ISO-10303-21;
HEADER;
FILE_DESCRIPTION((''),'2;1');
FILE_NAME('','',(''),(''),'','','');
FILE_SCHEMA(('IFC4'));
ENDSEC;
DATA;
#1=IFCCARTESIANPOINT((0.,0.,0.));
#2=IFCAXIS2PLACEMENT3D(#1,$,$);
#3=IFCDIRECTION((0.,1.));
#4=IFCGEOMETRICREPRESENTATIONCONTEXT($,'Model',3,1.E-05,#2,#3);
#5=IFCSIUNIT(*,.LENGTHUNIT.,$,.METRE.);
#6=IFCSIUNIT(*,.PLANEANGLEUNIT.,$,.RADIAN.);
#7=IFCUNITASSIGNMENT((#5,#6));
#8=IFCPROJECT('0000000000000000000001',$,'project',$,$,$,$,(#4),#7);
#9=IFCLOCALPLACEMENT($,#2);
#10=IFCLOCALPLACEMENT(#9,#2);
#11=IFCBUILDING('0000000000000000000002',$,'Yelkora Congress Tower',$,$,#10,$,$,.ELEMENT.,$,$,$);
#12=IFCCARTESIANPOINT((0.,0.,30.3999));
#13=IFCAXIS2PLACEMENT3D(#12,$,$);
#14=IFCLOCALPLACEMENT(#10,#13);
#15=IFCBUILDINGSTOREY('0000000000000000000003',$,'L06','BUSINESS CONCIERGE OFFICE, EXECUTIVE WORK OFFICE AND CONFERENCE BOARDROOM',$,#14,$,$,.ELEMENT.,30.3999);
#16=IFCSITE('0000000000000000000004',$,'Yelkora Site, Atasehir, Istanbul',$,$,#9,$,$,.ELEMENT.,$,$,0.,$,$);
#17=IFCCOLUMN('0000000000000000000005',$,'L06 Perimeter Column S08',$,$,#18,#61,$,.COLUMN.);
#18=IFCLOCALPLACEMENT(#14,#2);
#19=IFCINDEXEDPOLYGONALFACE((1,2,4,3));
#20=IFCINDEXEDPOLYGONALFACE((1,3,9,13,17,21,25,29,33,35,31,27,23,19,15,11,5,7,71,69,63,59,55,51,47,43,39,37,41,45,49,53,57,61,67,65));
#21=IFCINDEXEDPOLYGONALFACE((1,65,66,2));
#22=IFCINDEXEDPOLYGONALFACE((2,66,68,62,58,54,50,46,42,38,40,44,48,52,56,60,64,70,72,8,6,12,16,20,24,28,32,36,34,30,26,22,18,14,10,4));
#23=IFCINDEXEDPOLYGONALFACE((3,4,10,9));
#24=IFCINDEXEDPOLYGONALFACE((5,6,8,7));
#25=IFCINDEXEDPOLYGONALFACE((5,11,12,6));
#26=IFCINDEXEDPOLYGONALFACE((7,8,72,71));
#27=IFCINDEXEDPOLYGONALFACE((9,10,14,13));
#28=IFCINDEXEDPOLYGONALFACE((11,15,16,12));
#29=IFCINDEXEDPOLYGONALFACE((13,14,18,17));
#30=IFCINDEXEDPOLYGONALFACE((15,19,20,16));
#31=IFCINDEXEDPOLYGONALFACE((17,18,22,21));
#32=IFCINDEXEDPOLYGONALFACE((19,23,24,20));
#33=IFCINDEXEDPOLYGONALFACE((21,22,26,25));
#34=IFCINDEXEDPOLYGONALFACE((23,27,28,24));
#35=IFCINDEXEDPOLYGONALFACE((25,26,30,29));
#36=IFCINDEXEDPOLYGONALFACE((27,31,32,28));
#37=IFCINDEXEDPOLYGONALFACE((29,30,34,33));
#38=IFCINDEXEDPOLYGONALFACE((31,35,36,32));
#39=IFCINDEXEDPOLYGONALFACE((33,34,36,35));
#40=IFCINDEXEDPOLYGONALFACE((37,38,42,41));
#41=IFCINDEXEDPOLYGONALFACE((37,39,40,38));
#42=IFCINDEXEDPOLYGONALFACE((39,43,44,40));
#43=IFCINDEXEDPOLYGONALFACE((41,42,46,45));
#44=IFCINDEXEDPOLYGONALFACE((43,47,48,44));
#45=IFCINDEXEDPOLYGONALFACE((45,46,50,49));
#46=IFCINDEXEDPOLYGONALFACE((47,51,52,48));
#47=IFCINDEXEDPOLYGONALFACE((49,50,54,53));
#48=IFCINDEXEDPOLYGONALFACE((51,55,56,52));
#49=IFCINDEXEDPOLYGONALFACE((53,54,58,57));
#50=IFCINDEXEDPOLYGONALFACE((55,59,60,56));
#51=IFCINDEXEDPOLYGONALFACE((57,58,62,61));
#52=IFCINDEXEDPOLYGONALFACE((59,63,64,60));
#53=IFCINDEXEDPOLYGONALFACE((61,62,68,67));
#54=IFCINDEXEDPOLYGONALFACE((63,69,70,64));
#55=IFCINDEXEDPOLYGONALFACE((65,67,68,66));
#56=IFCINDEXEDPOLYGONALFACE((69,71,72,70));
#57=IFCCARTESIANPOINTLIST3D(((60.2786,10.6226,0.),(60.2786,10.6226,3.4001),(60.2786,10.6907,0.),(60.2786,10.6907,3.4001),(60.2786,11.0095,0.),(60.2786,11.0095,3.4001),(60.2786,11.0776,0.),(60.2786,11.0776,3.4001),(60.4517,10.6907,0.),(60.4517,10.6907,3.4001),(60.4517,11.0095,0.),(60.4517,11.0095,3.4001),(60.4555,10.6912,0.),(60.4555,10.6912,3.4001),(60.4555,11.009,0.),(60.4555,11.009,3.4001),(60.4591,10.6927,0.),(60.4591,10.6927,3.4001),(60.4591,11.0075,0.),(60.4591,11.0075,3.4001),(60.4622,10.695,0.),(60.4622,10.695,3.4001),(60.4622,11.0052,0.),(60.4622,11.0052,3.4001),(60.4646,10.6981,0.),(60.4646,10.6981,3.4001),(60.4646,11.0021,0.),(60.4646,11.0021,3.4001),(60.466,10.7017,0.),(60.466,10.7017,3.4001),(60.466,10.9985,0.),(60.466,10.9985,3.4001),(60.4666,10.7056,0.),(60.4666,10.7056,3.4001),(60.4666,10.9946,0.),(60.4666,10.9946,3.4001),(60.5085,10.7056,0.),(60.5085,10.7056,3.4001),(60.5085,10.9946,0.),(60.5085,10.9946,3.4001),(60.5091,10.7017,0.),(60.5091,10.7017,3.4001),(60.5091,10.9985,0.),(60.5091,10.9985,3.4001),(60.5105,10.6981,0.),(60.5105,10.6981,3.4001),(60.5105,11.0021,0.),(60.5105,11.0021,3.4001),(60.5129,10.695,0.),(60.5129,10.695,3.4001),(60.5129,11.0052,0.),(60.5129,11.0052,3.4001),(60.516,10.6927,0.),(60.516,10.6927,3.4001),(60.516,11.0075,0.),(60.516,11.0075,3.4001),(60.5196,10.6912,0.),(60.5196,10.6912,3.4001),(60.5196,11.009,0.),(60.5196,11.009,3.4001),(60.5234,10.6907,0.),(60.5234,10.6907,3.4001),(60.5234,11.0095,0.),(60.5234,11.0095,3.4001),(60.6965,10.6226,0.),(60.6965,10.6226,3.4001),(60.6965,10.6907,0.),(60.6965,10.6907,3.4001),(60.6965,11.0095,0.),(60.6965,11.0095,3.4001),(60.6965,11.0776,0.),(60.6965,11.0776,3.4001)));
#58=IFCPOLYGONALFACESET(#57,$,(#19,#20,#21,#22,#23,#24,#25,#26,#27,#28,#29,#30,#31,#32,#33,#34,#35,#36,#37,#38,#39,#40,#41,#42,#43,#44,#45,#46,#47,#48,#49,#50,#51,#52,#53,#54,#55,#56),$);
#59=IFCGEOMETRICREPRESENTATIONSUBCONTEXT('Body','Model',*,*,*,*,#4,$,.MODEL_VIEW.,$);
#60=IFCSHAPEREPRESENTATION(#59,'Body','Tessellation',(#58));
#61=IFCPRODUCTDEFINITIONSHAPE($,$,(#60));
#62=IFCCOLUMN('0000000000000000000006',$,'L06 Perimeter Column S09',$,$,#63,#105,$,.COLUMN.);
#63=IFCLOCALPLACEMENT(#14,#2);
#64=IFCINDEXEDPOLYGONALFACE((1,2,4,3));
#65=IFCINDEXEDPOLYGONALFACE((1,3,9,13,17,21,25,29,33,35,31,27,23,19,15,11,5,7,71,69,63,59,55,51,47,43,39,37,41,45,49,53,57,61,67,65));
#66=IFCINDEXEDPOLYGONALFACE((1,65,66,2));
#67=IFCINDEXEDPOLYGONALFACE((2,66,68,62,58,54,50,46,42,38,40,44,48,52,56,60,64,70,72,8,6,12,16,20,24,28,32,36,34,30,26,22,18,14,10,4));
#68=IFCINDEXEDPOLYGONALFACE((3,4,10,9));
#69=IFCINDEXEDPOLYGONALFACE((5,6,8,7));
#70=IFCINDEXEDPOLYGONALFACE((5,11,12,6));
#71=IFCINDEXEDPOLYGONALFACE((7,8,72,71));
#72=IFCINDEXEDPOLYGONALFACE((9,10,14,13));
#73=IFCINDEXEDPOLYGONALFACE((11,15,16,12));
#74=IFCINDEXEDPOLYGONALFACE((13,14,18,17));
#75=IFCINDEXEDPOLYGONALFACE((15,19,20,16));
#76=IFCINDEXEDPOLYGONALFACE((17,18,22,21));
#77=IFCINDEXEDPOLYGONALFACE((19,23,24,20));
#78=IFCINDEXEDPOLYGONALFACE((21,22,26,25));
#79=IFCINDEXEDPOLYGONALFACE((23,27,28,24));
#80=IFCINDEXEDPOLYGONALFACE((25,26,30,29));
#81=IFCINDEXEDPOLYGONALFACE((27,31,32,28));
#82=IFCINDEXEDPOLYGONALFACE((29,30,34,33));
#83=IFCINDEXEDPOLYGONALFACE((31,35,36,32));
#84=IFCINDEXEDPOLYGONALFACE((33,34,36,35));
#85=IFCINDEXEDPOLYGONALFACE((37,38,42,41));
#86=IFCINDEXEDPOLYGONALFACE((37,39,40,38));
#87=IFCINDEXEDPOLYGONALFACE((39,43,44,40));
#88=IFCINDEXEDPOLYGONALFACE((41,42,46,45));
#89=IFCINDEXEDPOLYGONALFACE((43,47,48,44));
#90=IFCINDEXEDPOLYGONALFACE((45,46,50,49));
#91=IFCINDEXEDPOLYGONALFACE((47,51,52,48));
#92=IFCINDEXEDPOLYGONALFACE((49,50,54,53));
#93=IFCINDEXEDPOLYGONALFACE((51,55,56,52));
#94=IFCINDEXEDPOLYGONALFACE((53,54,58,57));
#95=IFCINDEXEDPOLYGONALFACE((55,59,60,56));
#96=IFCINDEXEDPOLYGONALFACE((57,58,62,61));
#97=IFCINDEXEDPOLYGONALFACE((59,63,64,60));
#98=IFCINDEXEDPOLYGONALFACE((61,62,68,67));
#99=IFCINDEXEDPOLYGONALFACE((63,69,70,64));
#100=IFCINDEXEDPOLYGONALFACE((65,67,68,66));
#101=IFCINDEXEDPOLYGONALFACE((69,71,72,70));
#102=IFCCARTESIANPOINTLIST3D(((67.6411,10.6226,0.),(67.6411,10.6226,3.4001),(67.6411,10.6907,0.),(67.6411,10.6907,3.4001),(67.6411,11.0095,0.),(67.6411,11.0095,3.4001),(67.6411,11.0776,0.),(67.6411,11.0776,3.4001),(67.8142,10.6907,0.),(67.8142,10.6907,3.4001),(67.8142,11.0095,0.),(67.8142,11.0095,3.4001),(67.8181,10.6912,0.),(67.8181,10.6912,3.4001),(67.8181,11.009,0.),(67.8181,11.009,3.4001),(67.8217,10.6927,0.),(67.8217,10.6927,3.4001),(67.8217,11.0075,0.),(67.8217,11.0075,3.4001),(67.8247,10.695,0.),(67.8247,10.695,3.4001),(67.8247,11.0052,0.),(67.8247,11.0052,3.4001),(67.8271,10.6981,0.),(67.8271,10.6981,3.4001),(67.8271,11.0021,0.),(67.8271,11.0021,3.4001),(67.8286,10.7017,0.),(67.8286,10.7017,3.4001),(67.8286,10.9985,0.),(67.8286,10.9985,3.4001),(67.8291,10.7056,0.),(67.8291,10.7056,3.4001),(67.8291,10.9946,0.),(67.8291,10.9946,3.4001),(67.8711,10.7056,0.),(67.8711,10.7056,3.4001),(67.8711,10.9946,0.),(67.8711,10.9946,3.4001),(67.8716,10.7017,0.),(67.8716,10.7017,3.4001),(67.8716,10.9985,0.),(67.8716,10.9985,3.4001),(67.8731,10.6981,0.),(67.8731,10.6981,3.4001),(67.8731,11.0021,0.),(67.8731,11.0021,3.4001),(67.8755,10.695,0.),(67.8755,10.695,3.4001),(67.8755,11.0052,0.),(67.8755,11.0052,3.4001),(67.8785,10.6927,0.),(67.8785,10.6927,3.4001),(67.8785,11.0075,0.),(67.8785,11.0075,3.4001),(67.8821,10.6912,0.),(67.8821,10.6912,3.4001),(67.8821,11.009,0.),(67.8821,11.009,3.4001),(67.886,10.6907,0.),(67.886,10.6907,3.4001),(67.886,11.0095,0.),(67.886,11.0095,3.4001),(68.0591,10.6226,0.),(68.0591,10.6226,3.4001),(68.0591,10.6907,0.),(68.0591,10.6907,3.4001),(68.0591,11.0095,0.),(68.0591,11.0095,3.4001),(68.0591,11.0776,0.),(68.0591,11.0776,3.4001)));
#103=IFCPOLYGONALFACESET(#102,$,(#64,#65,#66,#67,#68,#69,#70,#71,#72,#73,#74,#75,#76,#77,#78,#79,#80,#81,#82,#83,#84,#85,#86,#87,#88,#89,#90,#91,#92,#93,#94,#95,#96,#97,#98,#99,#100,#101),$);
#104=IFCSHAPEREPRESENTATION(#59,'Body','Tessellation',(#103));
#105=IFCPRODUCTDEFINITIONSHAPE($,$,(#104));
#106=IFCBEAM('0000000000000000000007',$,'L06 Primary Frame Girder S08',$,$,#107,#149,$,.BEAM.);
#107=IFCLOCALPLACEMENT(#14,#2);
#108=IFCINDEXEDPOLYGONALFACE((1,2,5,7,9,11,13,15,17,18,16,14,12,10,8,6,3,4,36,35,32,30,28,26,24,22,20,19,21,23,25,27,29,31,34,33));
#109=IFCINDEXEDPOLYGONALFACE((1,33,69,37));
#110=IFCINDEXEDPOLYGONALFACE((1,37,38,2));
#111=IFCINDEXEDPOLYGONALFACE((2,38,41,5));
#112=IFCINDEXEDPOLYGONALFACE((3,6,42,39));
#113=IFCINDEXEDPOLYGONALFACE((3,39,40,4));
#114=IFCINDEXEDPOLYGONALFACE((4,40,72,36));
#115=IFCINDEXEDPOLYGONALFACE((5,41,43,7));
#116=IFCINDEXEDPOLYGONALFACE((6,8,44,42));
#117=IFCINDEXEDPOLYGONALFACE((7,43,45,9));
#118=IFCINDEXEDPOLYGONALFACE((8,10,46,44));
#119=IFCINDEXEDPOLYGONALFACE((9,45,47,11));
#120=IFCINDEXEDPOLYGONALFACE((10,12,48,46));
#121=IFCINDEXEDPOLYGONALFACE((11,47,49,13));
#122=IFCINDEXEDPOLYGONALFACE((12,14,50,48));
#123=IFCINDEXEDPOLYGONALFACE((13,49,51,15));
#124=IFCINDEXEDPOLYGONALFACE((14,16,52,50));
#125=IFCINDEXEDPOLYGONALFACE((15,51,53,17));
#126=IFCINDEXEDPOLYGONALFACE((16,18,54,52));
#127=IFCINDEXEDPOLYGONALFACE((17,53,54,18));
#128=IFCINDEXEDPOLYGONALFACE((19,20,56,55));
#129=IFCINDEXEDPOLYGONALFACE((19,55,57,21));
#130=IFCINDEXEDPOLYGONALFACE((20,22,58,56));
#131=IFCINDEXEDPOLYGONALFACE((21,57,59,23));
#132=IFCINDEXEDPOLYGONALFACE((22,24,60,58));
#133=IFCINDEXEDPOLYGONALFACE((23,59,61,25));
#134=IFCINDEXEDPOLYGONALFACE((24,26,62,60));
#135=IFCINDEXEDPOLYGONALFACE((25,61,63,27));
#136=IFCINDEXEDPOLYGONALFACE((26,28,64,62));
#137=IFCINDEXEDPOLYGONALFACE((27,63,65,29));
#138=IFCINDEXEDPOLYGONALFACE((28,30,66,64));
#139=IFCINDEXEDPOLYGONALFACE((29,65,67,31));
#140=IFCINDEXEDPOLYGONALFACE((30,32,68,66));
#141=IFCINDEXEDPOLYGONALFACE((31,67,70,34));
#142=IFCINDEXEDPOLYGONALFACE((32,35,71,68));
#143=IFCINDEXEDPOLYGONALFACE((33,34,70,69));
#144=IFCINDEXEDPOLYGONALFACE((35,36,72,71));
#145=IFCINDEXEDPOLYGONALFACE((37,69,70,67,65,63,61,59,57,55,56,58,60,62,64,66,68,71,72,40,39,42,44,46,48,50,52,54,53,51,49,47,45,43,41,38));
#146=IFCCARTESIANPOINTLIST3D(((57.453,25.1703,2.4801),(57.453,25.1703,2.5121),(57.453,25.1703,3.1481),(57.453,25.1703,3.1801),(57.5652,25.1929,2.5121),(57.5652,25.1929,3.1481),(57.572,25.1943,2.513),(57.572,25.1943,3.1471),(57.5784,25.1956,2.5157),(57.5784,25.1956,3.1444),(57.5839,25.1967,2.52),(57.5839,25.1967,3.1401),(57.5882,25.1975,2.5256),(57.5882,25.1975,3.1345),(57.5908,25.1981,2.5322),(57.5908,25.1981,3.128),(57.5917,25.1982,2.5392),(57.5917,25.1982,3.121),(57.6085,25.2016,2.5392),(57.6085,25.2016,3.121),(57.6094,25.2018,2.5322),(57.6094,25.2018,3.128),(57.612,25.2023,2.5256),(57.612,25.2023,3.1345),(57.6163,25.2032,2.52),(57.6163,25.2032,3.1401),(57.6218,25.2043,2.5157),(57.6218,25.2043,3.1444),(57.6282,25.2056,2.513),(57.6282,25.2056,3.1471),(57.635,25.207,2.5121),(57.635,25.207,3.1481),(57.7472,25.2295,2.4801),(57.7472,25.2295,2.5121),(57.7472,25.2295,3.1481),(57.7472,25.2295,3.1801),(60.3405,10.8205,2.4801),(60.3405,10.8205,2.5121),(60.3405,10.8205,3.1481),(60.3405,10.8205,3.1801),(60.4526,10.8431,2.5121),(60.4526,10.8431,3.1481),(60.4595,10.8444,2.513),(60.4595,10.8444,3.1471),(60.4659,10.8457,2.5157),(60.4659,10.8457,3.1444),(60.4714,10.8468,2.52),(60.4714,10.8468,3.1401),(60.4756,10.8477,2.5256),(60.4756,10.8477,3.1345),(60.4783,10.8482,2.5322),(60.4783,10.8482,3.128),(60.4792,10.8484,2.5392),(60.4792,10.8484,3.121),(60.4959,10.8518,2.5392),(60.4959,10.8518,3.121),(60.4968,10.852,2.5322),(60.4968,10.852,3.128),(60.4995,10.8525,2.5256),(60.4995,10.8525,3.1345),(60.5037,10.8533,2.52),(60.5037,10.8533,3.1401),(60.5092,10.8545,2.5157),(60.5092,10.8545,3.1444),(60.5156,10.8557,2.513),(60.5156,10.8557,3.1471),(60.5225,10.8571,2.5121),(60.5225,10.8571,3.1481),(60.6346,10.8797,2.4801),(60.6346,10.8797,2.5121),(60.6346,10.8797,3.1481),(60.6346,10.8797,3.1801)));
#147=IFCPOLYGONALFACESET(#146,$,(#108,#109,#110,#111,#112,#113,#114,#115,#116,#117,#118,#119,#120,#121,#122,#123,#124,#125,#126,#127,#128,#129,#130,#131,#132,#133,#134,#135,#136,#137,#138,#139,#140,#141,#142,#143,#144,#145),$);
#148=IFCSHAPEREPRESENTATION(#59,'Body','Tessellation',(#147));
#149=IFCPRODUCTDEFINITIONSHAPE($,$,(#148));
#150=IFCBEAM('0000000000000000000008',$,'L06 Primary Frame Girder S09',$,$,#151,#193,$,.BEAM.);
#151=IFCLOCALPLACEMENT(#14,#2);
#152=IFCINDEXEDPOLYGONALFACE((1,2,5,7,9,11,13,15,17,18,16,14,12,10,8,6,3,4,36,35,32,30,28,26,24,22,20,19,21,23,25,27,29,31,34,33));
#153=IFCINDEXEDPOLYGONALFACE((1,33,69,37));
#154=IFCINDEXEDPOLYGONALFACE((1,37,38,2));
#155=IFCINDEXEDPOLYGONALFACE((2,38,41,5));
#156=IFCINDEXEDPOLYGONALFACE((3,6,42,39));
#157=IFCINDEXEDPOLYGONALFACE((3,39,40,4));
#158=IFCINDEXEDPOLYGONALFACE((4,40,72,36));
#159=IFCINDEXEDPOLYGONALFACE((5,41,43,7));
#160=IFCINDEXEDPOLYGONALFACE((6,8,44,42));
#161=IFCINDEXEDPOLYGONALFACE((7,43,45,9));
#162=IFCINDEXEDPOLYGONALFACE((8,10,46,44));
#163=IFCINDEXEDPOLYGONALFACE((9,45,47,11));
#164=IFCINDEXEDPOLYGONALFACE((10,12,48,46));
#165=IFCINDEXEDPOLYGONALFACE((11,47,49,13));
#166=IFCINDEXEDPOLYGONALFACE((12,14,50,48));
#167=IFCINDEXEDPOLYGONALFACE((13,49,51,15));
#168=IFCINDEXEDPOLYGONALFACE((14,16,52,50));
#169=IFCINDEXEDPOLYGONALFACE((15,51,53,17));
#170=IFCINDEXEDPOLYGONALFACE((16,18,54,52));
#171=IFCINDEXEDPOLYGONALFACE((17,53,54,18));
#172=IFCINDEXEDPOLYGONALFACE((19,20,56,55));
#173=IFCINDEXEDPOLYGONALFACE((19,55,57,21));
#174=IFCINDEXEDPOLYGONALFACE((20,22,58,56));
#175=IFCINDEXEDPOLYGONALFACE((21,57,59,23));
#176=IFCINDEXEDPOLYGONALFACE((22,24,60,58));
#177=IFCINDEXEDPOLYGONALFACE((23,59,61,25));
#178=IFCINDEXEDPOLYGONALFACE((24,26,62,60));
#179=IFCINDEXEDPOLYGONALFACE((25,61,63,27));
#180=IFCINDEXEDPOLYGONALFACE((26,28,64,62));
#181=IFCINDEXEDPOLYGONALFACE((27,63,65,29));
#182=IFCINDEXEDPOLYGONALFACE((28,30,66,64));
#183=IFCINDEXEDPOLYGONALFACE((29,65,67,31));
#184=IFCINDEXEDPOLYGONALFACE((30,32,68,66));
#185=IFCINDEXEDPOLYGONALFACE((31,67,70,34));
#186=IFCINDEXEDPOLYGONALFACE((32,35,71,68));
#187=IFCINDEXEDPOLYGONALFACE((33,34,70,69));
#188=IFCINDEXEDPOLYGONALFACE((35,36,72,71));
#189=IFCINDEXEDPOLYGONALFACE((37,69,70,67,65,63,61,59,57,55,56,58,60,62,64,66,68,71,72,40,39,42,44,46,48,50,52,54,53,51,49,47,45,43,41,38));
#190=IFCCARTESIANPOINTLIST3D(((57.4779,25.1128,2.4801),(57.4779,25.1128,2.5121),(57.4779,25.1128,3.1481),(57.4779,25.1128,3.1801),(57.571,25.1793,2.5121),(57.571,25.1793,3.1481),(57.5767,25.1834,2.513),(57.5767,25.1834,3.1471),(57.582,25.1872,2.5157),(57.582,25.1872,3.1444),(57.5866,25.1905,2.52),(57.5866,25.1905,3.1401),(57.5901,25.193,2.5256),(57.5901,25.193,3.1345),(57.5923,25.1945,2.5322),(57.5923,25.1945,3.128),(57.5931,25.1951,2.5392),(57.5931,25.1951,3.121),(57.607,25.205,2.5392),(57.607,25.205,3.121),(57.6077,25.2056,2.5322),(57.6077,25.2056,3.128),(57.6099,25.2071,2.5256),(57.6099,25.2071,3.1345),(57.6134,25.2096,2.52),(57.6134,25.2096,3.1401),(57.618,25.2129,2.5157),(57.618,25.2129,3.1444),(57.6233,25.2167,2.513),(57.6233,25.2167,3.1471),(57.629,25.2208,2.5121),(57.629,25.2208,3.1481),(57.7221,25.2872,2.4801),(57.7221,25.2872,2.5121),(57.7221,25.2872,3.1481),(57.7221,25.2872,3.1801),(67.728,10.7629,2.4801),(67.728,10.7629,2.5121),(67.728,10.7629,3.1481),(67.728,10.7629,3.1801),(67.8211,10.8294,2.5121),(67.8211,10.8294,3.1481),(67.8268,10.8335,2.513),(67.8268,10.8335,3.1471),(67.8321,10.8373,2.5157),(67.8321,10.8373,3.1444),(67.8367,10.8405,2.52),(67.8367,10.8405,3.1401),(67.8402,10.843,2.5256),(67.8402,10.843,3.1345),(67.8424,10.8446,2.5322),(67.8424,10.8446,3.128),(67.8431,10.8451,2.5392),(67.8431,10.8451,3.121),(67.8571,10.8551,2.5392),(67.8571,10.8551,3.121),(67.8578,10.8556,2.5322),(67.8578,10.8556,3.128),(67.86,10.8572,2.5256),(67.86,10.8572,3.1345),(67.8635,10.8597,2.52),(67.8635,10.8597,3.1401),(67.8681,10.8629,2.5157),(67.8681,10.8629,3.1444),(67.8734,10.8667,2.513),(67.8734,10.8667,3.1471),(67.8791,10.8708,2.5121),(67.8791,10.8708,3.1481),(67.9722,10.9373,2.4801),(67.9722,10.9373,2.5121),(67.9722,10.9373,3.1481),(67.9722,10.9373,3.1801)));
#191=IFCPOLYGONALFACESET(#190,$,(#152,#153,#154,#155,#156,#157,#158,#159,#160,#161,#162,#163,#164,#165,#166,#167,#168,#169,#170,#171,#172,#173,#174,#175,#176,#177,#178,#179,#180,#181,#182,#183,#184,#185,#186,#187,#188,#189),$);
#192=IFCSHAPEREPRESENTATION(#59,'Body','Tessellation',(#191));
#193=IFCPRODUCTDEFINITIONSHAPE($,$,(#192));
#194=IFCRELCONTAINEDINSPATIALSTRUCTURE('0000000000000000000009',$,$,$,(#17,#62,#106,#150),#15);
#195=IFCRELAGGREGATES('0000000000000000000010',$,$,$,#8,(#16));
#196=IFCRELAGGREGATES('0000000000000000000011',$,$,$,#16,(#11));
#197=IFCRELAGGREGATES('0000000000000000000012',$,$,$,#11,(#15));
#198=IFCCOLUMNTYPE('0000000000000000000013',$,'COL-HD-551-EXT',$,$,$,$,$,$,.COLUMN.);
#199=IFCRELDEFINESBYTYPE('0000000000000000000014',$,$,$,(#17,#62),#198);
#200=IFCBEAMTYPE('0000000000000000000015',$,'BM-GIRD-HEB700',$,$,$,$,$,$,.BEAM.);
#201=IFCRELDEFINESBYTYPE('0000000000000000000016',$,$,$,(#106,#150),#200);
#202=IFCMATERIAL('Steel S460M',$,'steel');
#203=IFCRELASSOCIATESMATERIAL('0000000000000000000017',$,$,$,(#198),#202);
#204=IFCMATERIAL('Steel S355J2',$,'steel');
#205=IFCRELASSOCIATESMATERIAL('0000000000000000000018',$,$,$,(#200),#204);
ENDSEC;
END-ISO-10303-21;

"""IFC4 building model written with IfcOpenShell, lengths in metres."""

from ifc_helpers import new_model, si_unit, direction, frame, origin, origin_2d, place, context, subcontext, project, spatial, i_section, extrude, material, material_profile, profile_set, type_object, element, save


model = new_model("IFC4")

# Units and contexts
model_context = context("Model", 3, precision=1e-05, world=origin(), true_north=direction((0.0, 1.0)))
body_context = subcontext(model_context, "Body", "Model", "MODEL_VIEW")
ifc_project = project(units=[si_unit("LENGTHUNIT", "METRE"), si_unit("PLANEANGLEUNIT", "RADIAN")], contexts=[model_context])

# Site, building, storey
site_placement = place(None, origin())
site = spatial("IfcSite", under=ifc_project, at=site_placement, Name="Yelkora Site, Atasehir, Istanbul", CompositionType="ELEMENT", RefElevation=0.0)
building_placement = place(site_placement, origin())
building = spatial("IfcBuilding", under=site, at=building_placement, Name="Yelkora Congress Tower", CompositionType="ELEMENT")
storey_placement = place(building_placement, frame((0.0, 0.0, 30.3999)))
storey = spatial("IfcBuildingStorey", under=building, at=storey_placement, Name="L06", Description="BUSINESS CONCIERGE OFFICE, EXECUTIVE WORK OFFICE AND CONFERENCE BOARDROOM", CompositionType="ELEMENT", Elevation=30.3999)

# Columns
ifc_material_1 = material(Name="Steel S460M", Category="steel")
ifc_material_profile_1 = material_profile(ifc_material_1, i_section(OverallWidth=0.418, OverallDepth=0.4551, WebThickness=0.042, FlangeThickness=0.0681, FilletRadius=0.0149, at=origin_2d()), Name="HD 400x551")
ifc_profile_set_1 = profile_set([ifc_material_profile_1], Name="Steel S460M")
column_type = type_object("IfcColumnType", Name="COL-HD-551-EXT", PredefinedType="COLUMN", material=ifc_profile_set_1)
for number, where, z_axis, x_axis, name in (
    (1, (60.4875, 10.8501, 0.0), (0.0, 0.0, 1.0), (1.0, 0.0, 0.0), "L06 Perimeter Column S08"),
    (2, (67.8501, 10.8501, 0.0), (0.0, 0.0, 1.0), (1.0, 0.0, 0.0), "L06 Perimeter Column S09"),
):
    element("IfcColumn", number, at=place(storey_placement, frame(where, z_axis=z_axis, x_axis=x_axis)), inside=storey, type_object=column_type, Name=name, PredefinedType="COLUMN", context=body_context, shape_type="SweptSolid", body=[
        extrude(i_section(OverallWidth=0.418, OverallDepth=0.4551, WebThickness=0.042, FlangeThickness=0.0681, FilletRadius=0.0149, at=origin_2d()), origin(), (0.0, 0.0, 1.0), 3.4001),
    ])

# Beams
ifc_material_2 = material(Name="Steel S355J2", Category="steel")
ifc_material_profile_2 = material_profile(ifc_material_2, i_section(OverallWidth=0.3, OverallDepth=0.7, WebThickness=0.0171, FlangeThickness=0.032, FilletRadius=0.0271, at=origin_2d()), Name="HEB 700")
ifc_profile_set_2 = profile_set([ifc_material_profile_2], Name="Steel S355J2")
beam_type_1 = type_object("IfcBeamType", Name="BM-GIRD-HEB700", PredefinedType="BEAM", material=ifc_profile_set_2)
beam_1_placement = place(storey_placement, frame((60.4875, 10.8501, 2.8301), z_axis=(-0.197264, 0.98035, 0.0), x_axis=(-0.98035, -0.197264, 0.0)))
element("IfcBeam", 3, at=beam_1_placement, inside=storey, type_object=beam_type_1, Name="L06 Primary Frame Girder S08", PredefinedType="BEAM", context=body_context, shape_type="SweptSolid", body=[
    extrude(i_section(OverallWidth=0.3, OverallDepth=0.7, WebThickness=0.0171, FlangeThickness=0.032, FilletRadius=0.0271, at=origin_2d()), origin(), (0.0, 0.0, 1.0), 14.6375),
])
beam_2_placement = place(storey_placement, frame((67.8501, 10.8501, 2.8301), z_axis=(-0.581242, 0.813731, 0.0), x_axis=(-0.813731, -0.581242, 0.0)))
element("IfcBeam", 4, at=beam_2_placement, inside=storey, type_object=beam_type_1, Name="L06 Primary Frame Girder S09", PredefinedType="BEAM", context=body_context, shape_type="SweptSolid", body=[
    extrude(i_section(OverallWidth=0.3, OverallDepth=0.7, WebThickness=0.0171, FlangeThickness=0.032, FilletRadius=0.0271, at=origin_2d()), origin(), (0.0, 0.0, 1.0), 17.6348),
])

save(model, "model.ifc")
